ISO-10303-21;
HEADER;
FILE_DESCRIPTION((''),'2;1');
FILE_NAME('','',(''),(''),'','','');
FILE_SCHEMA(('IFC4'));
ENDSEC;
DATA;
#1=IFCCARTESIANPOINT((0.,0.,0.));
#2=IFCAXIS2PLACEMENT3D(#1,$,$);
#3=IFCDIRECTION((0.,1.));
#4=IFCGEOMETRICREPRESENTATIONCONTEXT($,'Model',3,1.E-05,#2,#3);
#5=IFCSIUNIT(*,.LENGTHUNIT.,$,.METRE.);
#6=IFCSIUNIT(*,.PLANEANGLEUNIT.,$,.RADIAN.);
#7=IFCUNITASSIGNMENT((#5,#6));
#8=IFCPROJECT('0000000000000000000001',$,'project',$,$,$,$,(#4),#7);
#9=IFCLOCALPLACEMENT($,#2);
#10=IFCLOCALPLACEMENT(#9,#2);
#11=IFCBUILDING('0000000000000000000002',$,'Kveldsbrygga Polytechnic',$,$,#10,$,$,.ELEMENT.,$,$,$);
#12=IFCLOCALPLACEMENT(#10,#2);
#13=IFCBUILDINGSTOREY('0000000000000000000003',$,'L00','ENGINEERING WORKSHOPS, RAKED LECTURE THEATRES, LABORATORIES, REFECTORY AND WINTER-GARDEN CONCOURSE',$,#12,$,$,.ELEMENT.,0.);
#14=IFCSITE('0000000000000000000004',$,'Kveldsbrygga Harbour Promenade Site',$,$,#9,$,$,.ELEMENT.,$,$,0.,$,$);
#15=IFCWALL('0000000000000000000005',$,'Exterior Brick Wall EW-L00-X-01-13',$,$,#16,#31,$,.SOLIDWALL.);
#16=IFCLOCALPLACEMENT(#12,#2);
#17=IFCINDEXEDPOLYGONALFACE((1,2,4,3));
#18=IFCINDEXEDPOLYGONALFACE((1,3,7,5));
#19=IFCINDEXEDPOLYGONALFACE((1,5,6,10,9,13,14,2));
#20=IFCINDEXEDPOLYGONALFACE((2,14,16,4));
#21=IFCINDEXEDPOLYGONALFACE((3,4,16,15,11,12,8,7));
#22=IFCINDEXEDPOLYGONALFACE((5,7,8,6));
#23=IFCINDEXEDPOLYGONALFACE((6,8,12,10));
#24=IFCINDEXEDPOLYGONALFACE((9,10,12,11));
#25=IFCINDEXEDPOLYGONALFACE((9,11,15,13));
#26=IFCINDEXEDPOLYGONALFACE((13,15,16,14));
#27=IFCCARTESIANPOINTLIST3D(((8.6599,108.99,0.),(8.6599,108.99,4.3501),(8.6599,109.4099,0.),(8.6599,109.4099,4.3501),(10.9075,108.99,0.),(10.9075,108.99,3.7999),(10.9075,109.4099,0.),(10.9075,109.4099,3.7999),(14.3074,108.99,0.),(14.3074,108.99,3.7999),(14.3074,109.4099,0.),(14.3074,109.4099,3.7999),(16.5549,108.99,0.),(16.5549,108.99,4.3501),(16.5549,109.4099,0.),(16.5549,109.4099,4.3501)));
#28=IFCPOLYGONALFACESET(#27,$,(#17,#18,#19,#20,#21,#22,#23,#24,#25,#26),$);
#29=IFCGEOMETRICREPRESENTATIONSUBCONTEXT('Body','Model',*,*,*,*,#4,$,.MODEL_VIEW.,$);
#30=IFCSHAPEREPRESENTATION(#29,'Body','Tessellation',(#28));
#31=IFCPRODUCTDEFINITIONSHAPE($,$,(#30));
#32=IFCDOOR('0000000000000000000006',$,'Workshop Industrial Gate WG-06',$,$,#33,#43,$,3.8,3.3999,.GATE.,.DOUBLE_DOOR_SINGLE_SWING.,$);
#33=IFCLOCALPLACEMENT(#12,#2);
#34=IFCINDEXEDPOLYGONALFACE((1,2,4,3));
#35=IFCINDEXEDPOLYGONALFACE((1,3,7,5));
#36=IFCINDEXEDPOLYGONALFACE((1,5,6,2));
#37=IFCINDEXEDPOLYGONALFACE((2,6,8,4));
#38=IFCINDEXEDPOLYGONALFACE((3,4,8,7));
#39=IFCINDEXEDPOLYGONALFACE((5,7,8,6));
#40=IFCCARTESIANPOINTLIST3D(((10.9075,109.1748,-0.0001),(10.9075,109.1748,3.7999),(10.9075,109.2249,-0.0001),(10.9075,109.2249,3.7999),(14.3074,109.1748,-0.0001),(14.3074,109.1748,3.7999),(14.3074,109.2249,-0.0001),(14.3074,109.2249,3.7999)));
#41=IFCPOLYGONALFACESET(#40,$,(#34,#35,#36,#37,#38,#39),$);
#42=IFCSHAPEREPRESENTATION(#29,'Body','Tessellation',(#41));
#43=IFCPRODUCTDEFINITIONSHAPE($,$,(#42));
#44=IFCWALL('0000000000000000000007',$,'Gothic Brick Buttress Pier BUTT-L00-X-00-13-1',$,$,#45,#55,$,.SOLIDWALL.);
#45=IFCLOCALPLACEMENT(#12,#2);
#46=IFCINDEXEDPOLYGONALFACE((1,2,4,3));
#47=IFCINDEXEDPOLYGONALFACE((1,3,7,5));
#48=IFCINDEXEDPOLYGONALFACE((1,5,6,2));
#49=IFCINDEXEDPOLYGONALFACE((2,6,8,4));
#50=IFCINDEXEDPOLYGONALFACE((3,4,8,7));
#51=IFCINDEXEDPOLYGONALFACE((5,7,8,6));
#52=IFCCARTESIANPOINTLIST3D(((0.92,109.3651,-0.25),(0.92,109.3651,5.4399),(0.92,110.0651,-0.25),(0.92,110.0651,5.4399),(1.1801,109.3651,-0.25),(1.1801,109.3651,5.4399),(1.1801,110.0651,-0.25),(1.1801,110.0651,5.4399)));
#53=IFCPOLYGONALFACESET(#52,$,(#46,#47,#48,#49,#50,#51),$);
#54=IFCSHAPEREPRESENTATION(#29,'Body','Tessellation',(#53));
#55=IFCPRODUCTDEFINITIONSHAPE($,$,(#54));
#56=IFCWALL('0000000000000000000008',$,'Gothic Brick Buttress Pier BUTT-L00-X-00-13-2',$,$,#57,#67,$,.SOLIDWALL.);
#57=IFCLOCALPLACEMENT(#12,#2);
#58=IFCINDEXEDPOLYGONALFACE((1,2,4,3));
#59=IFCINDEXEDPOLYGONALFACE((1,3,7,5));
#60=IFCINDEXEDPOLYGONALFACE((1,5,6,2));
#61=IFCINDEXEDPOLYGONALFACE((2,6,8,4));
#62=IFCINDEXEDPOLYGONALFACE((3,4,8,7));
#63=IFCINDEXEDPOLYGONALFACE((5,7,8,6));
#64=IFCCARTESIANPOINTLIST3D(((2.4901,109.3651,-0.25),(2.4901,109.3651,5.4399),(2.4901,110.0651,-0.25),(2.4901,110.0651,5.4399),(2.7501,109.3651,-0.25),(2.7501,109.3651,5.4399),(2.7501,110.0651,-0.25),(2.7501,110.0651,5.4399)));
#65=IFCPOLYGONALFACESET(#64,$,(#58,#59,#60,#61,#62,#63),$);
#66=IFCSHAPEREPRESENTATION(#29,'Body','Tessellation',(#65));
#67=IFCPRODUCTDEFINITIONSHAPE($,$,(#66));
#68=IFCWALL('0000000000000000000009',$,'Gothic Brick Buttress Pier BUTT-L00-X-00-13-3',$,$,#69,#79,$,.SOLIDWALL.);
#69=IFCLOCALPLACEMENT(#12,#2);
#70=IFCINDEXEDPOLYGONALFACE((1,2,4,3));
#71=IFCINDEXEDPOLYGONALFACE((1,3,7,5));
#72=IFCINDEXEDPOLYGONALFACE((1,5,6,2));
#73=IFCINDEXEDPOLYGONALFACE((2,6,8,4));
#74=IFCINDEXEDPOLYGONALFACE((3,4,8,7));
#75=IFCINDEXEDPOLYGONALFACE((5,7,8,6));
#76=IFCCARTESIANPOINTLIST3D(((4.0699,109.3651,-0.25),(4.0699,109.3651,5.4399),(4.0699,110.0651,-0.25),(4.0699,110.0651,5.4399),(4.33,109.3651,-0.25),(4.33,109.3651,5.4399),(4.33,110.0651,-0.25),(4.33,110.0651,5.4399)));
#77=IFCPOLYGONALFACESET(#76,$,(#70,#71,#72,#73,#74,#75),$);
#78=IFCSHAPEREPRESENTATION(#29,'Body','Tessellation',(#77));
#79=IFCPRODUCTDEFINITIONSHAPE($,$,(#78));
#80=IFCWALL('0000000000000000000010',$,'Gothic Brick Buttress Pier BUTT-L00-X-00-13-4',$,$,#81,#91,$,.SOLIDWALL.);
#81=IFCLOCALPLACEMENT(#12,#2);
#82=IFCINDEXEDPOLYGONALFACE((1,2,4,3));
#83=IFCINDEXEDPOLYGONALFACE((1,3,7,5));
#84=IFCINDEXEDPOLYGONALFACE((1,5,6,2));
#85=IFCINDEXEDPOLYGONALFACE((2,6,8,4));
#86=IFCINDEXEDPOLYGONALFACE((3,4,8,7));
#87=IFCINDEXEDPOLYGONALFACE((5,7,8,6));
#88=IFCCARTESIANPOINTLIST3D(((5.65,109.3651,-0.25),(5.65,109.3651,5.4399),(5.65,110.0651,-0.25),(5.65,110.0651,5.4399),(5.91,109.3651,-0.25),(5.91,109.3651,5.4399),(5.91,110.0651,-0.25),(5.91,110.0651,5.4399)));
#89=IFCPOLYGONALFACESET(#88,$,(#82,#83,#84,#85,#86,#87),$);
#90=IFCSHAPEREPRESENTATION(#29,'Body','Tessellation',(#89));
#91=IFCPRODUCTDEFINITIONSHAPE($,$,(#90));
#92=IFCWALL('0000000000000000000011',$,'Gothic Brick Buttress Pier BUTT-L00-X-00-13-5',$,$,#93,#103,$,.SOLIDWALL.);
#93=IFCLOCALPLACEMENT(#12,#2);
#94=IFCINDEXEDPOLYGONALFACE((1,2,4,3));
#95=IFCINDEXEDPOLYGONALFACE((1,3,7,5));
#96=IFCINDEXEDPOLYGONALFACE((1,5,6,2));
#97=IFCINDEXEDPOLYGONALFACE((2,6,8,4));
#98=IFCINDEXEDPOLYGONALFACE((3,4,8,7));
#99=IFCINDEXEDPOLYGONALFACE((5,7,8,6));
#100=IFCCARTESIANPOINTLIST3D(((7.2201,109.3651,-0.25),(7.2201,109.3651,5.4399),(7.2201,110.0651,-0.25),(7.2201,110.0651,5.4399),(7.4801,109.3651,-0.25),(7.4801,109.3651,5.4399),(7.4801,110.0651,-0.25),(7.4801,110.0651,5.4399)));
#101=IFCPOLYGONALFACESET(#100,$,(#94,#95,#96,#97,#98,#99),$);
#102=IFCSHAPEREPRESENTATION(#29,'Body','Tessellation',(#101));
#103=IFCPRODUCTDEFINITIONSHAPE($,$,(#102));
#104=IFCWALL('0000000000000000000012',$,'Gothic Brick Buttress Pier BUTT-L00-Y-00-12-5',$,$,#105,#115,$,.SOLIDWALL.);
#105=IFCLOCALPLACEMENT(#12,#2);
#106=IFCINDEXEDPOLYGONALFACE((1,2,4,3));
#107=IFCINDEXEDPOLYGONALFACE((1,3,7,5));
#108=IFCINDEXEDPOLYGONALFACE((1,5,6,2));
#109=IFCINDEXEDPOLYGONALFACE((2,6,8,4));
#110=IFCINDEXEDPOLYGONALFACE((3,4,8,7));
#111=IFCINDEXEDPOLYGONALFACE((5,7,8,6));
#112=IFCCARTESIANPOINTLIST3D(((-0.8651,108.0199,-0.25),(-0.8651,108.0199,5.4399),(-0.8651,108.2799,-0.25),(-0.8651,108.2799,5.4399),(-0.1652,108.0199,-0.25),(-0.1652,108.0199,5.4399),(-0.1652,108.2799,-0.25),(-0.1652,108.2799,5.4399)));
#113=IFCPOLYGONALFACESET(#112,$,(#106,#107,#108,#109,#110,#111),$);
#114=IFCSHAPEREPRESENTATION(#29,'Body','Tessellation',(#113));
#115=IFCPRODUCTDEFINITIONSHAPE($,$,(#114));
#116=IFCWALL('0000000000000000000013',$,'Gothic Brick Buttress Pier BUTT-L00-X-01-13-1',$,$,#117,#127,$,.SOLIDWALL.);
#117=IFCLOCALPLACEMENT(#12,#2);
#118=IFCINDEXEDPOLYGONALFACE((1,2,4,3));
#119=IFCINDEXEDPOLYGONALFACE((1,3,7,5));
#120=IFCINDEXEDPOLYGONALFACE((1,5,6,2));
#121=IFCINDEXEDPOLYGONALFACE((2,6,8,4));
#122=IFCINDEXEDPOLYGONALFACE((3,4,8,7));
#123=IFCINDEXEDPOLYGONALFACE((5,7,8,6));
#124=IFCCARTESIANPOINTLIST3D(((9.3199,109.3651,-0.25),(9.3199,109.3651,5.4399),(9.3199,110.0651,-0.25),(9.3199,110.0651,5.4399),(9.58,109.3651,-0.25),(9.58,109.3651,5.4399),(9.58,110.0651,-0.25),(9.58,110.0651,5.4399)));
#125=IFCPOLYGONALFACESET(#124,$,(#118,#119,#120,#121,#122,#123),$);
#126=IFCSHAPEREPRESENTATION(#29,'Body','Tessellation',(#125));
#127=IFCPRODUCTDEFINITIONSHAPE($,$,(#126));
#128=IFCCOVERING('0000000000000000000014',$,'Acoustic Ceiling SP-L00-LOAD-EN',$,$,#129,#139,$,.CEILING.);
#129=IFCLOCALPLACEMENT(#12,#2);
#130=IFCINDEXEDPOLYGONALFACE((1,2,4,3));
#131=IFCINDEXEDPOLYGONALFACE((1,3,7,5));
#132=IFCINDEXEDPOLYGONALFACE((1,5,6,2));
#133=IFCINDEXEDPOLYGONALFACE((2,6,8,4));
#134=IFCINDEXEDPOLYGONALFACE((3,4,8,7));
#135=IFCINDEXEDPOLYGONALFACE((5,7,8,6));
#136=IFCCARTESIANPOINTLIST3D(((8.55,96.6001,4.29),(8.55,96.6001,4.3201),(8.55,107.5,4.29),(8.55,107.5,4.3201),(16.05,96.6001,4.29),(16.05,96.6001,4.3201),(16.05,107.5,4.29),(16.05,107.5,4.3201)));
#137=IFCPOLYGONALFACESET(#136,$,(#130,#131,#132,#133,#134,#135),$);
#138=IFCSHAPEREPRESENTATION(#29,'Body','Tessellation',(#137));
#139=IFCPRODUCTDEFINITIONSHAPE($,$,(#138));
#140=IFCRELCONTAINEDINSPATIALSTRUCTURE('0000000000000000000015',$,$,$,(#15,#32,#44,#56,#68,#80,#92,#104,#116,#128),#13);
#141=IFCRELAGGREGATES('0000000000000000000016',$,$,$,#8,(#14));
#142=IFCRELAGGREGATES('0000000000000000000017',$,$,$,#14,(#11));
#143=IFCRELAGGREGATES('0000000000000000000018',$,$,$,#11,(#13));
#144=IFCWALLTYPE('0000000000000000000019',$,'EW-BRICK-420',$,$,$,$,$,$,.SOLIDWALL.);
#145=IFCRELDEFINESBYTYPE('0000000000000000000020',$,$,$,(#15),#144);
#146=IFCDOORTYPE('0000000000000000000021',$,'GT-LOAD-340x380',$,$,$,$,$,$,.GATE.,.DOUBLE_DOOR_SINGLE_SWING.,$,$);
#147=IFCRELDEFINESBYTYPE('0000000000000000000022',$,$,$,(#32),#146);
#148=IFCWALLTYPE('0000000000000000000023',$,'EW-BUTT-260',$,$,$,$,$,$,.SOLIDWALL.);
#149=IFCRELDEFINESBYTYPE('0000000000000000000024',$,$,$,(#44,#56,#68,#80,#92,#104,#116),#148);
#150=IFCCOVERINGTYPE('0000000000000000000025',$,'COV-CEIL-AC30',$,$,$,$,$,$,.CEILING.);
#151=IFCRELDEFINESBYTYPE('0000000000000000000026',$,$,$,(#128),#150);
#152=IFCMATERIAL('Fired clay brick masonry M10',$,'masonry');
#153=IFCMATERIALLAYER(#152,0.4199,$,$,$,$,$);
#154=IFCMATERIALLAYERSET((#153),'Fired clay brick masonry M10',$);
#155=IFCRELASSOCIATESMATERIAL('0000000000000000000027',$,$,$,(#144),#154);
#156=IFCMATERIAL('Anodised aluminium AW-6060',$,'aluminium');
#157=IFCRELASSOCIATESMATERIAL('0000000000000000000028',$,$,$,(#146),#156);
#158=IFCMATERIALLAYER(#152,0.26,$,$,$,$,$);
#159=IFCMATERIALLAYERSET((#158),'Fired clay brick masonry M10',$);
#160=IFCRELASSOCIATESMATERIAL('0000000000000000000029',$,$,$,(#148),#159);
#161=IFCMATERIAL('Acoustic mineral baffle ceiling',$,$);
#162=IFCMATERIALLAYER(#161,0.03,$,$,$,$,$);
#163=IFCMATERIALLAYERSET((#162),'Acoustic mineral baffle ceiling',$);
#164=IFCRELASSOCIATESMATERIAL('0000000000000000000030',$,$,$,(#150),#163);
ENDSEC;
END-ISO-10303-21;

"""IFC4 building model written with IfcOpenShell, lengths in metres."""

from ifc_helpers import new_model, si_unit, direction, frame, frame_2d, origin, origin_2d, place, context, subcontext, project, spatial, rectangle, extrude, material, layer, layer_set, type_object, element, fill, save


model = new_model("IFC4")

# Units and contexts
model_context = context("Model", 3, precision=1e-05, world=origin(), true_north=direction((0.0, 1.0)))
body_context = subcontext(model_context, "Body", "Model", "MODEL_VIEW")
ifc_project = project(units=[si_unit("LENGTHUNIT", "METRE"), si_unit("PLANEANGLEUNIT", "RADIAN")], contexts=[model_context])

# Site, building, storey
site_placement = place(None, origin())
site = spatial("IfcSite", under=ifc_project, at=site_placement, Name="Kveldsbrygga Harbour Promenade Site", CompositionType="ELEMENT", RefElevation=0.0)
building_placement = place(site_placement, origin())
building = spatial("IfcBuilding", under=site, at=building_placement, Name="Kveldsbrygga Polytechnic", CompositionType="ELEMENT")
storey_placement = place(building_placement, origin())
storey = spatial("IfcBuildingStorey", under=building, at=storey_placement, Name="L00", Description="ENGINEERING WORKSHOPS, RAKED LECTURE THEATRES, LABORATORIES, REFECTORY AND WINTER-GARDEN CONCOURSE", CompositionType="ELEMENT", Elevation=0.0)

# Shared definitions
ifc_material_1 = material(Name="Fired clay brick masonry M10", Category="masonry")
ifc_layer_1 = layer(ifc_material_1, 0.4199)
ifc_layer_set_1 = layer_set([ifc_layer_1], Name="Fired clay brick masonry M10")
wall_type_1 = type_object("IfcWallType", Name="EW-BRICK-420", PredefinedType="SOLIDWALL", material=ifc_layer_set_1)

# Wall, opening, door
wall_1_placement = place(storey_placement, frame((8.6599, 109.2, 0.0), z_axis=(0.0, 0.0, 1.0), x_axis=(1.0, 0.0, 0.0)))
wall_1 = element("IfcWall", 1, at=wall_1_placement, inside=storey, type_object=wall_type_1, Name="Exterior Brick Wall EW-L00-X-01-13", PredefinedType="SOLIDWALL", context=body_context, shape_type="SweptSolid", body=[
    extrude(rectangle(XDim=7.895, YDim=0.4199, at=frame_2d((3.9475, 0.0))), origin(), (0.0, 0.0, 1.0), 4.3501),
])
opening_1_placement = place(wall_1_placement, frame((2.2476, 0.0, 0.0)))
opening_1 = element("IfcOpeningElement", 2, at=opening_1_placement, cuts=wall_1, PredefinedType="OPENING", context=body_context, shape_type="SweptSolid", body=[
    extrude(rectangle(XDim=3.3999, YDim=3.8, at=frame_2d((1.7, 1.8999))), frame((0.0, 0.22, 0.0), z_axis=(0.0, -1.0, 0.0), x_axis=(1.0, 0.0, 0.0)), (0.0, 0.0, 1.0), 0.4399),
])
ifc_material_2 = material(Name="Anodised aluminium AW-6060", Category="aluminium")
door_type = type_object("IfcDoorType", Name="GT-LOAD-340x380", OperationType="DOUBLE_DOOR_SINGLE_SWING", PredefinedType="GATE", material=ifc_material_2)
door_placement = place(opening_1_placement, origin())
door = element("IfcDoor", 3, at=door_placement, inside=storey, type_object=door_type, Name="Workshop Industrial Gate WG-06", OperationType="DOUBLE_DOOR_SINGLE_SWING", OverallHeight=3.8, OverallWidth=3.3999, PredefinedType="GATE", context=body_context, shape_type="SweptSolid", body=[
    extrude(rectangle(XDim=3.3999, YDim=3.8, at=frame_2d((1.7, 1.8999))), frame((0.0, 0.0249, 0.0), z_axis=(0.0, -1.0, 0.0), x_axis=(1.0, 0.0, 0.0)), (0.0, 0.0, 1.0), 0.05),
])
fill(opening_1, door)

# Walls
ifc_layer_2 = layer(ifc_material_1, 0.26)
ifc_layer_set_2 = layer_set([ifc_layer_2], Name="Fired clay brick masonry M10")
wall_type_2 = type_object("IfcWallType", Name="EW-BUTT-260", PredefinedType="SOLIDWALL", material=ifc_layer_set_2)
for number, where, z_axis, x_axis, name in (
    (4, (1.05, 109.365, -0.25), (0.0, 0.0, 1.0), (0.0, 1.0, 0.0), "Gothic Brick Buttress Pier BUTT-L00-X-00-13-1"),
    (5, (2.6201, 109.365, -0.25), (0.0, 0.0, 1.0), (0.0, 1.0, 0.0), "Gothic Brick Buttress Pier BUTT-L00-X-00-13-2"),
    (6, (4.2, 109.365, -0.25), (0.0, 0.0, 1.0), (0.0, 1.0, 0.0), "Gothic Brick Buttress Pier BUTT-L00-X-00-13-3"),
    (7, (5.78, 109.365, -0.25), (0.0, 0.0, 1.0), (0.0, 1.0, 0.0), "Gothic Brick Buttress Pier BUTT-L00-X-00-13-4"),
    (8, (7.3501, 109.365, -0.25), (0.0, 0.0, 1.0), (0.0, 1.0, 0.0), "Gothic Brick Buttress Pier BUTT-L00-X-00-13-5"),
    (9, (-0.165, 108.1499, -0.25), (0.0, 0.0, 1.0), (-1.0, 0.0, 0.0), "Gothic Brick Buttress Pier BUTT-L00-Y-00-12-5"),
    (10, (9.45, 109.365, -0.25), (0.0, 0.0, 1.0), (0.0, 1.0, 0.0), "Gothic Brick Buttress Pier BUTT-L00-X-01-13-1"),
):
    element("IfcWall", number, at=place(storey_placement, frame(where, z_axis=z_axis, x_axis=x_axis)), inside=storey, type_object=wall_type_2, Name=name, PredefinedType="SOLIDWALL", context=body_context, shape_type="SweptSolid", body=[
        extrude(rectangle(XDim=0.7, YDim=0.26, at=frame_2d((0.3501, 0.0))), origin(), (0.0, 0.0, 1.0), 5.6899),
    ])

# Covering
ifc_material_3 = material(Name="Acoustic mineral baffle ceiling")
ifc_layer_3 = layer(ifc_material_3, 0.03)
ifc_layer_set_3 = layer_set([ifc_layer_3], Name="Acoustic mineral baffle ceiling")
covering_type = type_object("IfcCoveringType", Name="COV-CEIL-AC30", PredefinedType="CEILING", material=ifc_layer_set_3)
covering_placement = place(storey_placement, frame((12.3, 102.05, 4.29), z_axis=(0.0, 0.0, 1.0), x_axis=(1.0, 0.0, 0.0)))
element("IfcCovering", 11, at=covering_placement, inside=storey, type_object=covering_type, Name="Acoustic Ceiling SP-L00-LOAD-EN", PredefinedType="CEILING", context=body_context, shape_type="SweptSolid", body=[
    extrude(rectangle(XDim=7.5, YDim=10.8999, at=origin_2d()), origin(), (0.0, 0.0, 1.0), 0.03),
])

save(model, "model.ifc")
